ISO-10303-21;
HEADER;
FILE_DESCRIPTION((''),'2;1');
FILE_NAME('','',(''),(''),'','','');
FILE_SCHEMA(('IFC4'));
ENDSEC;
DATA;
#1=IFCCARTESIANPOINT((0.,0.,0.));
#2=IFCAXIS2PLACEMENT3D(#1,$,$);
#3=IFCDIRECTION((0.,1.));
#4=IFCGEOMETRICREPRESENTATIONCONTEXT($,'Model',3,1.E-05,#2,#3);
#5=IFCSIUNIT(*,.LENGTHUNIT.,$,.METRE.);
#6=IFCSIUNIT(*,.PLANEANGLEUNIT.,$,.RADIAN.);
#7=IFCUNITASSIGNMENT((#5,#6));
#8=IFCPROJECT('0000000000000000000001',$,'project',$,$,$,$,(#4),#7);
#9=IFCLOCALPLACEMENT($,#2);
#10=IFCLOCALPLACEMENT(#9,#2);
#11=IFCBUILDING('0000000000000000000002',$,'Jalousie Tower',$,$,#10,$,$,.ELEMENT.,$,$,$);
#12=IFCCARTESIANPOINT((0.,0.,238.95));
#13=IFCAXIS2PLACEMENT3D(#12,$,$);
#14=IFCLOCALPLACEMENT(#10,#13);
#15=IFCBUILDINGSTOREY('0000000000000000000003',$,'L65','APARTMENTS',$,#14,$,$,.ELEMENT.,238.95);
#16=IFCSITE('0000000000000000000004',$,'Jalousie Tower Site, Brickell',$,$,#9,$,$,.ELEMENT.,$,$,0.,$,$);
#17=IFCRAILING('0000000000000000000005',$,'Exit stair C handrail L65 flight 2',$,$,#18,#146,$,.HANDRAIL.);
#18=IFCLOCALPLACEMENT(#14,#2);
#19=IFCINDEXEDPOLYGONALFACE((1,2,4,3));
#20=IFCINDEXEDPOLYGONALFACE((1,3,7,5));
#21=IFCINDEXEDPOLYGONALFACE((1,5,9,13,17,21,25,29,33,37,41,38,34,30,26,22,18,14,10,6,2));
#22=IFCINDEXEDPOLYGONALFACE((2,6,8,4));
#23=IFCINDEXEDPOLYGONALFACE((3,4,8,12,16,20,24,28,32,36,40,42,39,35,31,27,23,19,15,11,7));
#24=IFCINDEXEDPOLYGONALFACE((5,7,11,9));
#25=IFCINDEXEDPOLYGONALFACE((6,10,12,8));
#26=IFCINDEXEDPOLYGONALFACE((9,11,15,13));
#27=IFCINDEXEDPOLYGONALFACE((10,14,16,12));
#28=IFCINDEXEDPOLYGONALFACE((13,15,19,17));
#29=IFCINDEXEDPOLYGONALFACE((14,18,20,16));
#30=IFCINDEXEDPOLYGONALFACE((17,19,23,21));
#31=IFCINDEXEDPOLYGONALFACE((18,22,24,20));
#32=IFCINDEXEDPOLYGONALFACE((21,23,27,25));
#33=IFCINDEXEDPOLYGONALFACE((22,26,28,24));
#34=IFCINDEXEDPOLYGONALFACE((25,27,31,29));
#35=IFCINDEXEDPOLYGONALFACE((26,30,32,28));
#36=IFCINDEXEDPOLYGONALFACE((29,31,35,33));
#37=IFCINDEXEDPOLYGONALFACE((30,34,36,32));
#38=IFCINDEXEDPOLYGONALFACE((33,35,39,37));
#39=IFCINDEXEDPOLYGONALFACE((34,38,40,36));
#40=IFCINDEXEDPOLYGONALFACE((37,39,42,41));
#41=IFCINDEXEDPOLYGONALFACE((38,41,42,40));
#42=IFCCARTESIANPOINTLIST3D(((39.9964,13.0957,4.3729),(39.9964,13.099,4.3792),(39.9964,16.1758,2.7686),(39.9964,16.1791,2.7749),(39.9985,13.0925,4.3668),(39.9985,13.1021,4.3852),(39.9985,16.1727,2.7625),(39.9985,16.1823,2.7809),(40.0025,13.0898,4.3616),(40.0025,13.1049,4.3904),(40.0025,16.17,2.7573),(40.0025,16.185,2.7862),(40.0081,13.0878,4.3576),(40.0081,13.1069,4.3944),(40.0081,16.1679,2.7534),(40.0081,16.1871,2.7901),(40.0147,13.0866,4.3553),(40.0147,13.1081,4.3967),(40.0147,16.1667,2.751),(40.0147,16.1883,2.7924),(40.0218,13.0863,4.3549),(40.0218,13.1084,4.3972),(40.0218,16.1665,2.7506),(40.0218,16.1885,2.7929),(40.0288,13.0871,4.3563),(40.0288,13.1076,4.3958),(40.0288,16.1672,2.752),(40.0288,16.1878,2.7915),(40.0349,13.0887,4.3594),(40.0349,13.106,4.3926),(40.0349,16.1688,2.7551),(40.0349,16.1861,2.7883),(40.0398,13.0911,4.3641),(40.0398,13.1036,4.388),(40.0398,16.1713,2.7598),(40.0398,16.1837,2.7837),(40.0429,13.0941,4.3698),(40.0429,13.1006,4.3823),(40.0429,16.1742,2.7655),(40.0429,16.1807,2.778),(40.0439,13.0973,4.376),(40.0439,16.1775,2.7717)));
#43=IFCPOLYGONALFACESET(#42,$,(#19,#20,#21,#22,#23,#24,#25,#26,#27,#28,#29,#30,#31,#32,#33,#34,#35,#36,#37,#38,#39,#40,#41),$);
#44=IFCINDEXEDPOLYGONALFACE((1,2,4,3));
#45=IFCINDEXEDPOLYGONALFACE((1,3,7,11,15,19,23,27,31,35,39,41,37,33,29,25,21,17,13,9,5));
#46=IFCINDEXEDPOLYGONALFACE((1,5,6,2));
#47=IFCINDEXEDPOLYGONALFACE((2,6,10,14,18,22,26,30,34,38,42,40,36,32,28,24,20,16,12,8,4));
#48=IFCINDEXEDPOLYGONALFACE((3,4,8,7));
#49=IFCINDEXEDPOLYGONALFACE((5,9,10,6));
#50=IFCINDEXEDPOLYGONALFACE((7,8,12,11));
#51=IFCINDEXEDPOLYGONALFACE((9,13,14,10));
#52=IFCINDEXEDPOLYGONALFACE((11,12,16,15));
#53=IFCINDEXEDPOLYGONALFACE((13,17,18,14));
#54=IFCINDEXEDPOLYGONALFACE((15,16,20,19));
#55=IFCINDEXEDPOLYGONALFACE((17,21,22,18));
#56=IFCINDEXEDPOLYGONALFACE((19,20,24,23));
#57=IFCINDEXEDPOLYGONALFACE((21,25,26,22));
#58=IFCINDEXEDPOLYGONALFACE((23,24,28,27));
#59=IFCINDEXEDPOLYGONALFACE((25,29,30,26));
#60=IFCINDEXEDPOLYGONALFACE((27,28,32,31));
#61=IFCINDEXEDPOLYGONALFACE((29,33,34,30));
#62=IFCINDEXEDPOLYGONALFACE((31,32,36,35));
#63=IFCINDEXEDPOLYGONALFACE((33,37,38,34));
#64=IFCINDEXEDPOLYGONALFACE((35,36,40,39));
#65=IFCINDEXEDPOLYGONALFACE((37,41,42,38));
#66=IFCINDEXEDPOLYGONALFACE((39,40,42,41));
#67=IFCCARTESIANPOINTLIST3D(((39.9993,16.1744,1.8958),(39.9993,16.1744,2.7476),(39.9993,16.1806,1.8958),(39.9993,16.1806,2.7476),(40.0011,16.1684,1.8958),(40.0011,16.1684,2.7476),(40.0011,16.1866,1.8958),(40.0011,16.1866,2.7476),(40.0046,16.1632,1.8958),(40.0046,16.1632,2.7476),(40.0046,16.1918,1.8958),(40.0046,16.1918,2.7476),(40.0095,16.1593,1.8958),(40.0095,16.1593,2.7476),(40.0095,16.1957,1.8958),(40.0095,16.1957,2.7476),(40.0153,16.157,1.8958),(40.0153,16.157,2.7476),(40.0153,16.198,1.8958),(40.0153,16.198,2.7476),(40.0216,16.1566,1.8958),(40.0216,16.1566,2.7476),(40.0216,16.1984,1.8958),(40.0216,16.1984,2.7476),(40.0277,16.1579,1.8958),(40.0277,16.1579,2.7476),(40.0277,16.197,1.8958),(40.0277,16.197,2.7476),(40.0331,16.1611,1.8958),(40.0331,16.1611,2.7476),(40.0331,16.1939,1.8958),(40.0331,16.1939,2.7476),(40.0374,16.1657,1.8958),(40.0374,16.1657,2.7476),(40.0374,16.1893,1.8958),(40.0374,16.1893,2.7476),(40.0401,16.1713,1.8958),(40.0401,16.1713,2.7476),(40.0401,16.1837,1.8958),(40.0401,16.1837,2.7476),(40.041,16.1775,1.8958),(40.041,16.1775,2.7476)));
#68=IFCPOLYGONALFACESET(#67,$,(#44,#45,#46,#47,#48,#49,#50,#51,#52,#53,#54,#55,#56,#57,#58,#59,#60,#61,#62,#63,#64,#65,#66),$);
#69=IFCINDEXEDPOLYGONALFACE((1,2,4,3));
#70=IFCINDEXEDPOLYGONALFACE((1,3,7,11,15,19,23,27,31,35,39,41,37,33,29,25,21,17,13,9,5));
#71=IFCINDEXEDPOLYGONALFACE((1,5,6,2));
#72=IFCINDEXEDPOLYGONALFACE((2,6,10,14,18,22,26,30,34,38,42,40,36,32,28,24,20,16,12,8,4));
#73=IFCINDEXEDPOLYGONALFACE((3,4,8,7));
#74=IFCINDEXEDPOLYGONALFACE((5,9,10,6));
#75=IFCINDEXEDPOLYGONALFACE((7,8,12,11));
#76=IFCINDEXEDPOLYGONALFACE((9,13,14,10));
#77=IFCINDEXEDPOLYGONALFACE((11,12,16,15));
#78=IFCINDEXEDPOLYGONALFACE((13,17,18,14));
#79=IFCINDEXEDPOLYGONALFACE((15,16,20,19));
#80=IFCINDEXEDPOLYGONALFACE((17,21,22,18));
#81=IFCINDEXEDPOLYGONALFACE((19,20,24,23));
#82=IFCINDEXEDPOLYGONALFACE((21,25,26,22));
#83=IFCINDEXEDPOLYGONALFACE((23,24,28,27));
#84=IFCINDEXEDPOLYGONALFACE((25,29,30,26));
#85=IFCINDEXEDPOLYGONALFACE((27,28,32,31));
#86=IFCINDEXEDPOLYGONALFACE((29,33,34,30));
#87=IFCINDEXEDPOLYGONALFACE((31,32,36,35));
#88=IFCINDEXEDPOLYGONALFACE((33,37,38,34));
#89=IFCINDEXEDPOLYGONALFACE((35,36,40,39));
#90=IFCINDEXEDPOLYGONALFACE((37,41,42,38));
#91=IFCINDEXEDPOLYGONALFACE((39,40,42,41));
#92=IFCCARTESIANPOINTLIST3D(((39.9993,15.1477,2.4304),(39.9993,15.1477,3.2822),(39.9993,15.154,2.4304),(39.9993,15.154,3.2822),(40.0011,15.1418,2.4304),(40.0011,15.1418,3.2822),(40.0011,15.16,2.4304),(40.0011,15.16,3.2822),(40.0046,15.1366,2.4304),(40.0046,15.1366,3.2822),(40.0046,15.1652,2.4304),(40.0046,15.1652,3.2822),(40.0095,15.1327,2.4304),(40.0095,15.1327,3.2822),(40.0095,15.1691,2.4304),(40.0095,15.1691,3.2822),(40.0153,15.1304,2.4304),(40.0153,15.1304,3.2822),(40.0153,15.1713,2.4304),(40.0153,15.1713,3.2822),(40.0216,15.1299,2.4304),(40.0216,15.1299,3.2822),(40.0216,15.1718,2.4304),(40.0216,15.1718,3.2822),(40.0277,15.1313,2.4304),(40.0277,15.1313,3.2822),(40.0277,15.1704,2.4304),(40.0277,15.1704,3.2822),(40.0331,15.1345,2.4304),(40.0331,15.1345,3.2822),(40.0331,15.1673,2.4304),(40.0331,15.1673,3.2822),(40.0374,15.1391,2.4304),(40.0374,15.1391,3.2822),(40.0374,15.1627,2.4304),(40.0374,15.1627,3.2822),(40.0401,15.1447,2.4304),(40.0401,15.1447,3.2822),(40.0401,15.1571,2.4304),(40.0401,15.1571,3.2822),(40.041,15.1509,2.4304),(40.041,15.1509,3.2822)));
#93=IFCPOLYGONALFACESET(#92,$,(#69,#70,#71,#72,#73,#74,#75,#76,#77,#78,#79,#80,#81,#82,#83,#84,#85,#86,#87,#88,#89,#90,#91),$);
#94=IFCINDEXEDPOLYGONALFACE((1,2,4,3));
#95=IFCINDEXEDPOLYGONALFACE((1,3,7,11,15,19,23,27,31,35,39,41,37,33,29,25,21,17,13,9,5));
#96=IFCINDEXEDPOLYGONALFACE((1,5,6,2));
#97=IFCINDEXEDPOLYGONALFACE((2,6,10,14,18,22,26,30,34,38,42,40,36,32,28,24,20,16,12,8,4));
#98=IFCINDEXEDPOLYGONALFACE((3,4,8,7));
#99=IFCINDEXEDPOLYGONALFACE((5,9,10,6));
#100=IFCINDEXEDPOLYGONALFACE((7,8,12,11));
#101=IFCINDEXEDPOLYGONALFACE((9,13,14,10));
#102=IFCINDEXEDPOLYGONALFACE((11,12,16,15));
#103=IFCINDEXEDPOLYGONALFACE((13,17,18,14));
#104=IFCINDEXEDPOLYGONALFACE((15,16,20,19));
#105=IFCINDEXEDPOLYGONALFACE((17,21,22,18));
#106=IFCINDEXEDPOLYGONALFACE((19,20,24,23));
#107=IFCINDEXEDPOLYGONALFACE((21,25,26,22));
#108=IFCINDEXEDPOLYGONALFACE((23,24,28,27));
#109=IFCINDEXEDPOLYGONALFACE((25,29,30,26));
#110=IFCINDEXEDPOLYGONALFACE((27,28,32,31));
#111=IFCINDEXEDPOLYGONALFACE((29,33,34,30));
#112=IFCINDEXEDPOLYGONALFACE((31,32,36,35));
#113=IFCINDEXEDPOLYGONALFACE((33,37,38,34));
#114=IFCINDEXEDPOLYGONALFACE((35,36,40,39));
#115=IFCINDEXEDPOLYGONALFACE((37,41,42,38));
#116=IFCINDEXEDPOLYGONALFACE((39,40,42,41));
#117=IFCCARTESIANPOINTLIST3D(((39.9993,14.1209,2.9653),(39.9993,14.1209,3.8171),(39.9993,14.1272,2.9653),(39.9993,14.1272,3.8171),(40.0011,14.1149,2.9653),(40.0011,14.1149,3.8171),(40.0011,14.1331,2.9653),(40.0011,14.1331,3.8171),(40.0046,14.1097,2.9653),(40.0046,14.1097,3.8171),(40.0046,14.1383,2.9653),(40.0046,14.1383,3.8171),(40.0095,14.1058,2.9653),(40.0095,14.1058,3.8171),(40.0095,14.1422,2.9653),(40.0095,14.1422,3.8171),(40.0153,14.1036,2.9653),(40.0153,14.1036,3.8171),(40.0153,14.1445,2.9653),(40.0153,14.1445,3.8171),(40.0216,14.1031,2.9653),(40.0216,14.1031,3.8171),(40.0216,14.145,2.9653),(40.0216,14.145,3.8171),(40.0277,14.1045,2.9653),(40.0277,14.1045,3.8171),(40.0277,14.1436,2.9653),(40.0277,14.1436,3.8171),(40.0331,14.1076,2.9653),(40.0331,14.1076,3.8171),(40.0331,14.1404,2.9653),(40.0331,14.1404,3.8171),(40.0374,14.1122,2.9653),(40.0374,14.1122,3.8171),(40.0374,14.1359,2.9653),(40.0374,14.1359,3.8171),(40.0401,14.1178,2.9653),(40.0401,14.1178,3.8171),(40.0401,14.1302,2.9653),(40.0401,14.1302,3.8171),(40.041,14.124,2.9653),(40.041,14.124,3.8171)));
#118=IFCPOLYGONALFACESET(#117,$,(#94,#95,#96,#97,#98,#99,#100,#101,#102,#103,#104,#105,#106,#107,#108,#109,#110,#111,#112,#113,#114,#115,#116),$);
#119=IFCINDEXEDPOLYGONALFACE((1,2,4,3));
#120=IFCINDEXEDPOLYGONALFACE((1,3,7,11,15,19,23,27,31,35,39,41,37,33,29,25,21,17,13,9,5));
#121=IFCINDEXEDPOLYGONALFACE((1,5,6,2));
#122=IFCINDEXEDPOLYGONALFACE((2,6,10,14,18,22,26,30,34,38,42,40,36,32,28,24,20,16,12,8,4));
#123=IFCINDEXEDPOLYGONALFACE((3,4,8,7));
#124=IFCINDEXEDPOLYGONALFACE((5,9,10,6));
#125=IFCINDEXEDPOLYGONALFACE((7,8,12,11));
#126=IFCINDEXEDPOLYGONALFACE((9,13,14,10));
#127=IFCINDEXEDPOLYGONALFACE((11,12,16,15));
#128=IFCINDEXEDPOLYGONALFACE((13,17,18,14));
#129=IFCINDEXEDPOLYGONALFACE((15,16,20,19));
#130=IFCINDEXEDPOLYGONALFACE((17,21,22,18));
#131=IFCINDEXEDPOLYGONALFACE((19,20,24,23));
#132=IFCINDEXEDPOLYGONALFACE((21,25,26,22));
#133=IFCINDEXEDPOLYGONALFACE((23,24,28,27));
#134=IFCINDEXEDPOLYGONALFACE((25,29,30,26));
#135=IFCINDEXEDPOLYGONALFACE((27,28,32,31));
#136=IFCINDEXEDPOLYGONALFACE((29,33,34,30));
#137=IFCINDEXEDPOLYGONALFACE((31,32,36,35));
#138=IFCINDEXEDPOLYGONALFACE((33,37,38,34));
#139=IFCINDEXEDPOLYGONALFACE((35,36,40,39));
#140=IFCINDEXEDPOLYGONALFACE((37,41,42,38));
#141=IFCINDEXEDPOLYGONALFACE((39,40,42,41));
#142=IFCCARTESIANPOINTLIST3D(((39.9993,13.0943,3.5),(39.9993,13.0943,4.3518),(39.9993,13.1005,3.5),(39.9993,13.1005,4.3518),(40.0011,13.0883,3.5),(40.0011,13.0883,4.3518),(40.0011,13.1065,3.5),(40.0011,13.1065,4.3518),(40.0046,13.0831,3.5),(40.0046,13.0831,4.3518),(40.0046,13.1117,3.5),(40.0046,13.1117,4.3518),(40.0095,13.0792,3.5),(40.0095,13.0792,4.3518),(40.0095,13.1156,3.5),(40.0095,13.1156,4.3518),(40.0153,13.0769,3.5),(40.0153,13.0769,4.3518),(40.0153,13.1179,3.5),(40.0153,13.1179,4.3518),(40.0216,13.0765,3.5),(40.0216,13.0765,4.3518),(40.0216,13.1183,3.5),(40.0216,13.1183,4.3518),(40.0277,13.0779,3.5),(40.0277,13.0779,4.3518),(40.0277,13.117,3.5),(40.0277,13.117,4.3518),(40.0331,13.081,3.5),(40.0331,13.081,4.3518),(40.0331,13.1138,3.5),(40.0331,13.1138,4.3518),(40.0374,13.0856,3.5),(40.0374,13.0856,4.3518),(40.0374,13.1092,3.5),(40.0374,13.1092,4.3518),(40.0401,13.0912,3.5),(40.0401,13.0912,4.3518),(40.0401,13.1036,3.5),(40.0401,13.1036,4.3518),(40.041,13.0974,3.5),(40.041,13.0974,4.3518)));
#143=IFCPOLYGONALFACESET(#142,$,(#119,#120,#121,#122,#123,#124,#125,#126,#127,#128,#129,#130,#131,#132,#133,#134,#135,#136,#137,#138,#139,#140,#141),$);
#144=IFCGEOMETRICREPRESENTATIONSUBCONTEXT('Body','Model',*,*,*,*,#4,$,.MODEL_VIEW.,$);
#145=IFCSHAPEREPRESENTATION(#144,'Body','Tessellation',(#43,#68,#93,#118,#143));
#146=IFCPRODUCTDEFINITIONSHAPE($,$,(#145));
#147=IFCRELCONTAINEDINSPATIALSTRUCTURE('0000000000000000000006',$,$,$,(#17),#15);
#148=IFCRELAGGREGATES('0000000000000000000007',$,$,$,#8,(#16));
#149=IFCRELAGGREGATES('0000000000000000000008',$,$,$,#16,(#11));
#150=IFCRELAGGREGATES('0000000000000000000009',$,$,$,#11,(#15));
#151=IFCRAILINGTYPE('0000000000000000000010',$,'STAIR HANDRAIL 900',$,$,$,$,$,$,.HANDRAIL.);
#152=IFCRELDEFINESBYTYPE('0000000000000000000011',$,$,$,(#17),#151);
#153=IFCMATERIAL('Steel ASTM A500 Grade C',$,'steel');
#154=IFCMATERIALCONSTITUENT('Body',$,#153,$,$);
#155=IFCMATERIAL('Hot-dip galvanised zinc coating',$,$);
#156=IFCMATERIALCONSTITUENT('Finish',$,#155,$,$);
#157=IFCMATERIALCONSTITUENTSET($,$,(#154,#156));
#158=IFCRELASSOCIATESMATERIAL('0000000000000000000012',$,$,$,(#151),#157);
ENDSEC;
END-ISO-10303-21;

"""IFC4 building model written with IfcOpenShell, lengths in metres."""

from ifc_helpers import new_model, si_unit, direction, frame, origin, origin_2d, place, context, subcontext, project, spatial, circle, extrude, material, constituent, constituent_set, type_object, element, save


model = new_model("IFC4")

# Units and contexts
model_context = context("Model", 3, precision=1e-05, world=origin(), true_north=direction((0.0, 1.0)))
body_context = subcontext(model_context, "Body", "Model", "MODEL_VIEW")
ifc_project = project(units=[si_unit("LENGTHUNIT", "METRE"), si_unit("PLANEANGLEUNIT", "RADIAN")], contexts=[model_context])

# Site, building, storey
site_placement = place(None, origin())
site = spatial("IfcSite", under=ifc_project, at=site_placement, Name="Jalousie Tower Site, Brickell", CompositionType="ELEMENT", RefElevation=0.0)
building_placement = place(site_placement, origin())
building = spatial("IfcBuilding", under=site, at=building_placement, Name="Jalousie Tower", CompositionType="ELEMENT")
storey_placement = place(building_placement, frame((0.0, 0.0, 238.95)))
storey = spatial("IfcBuildingStorey", under=building, at=storey_placement, Name="L65", Description="APARTMENTS", CompositionType="ELEMENT", Elevation=238.95)

# Railing
ifc_material_1 = material(Name="Steel ASTM A500 Grade C", Category="steel")
ifc_constituent_1 = constituent(ifc_material_1, Name="Body")
ifc_material_2 = material(Name="Hot-dip galvanised zinc coating")
ifc_constituent_2 = constituent(ifc_material_2, Name="Finish")
ifc_constituent_set_1 = constituent_set(constituents=[ifc_constituent_1, ifc_constituent_2])
railing_type_1 = type_object("IfcRailingType", Name="STAIR HANDRAIL 900", PredefinedType="HANDRAIL", material=ifc_constituent_set_1)
railing_1_placement = place(storey_placement, frame((40.02, 16.1775, 1.8958)))
element("IfcRailing", 1, at=railing_1_placement, inside=storey, type_object=railing_type_1, Name="Exit stair C handrail L65 flight 2", PredefinedType="HANDRAIL", context=body_context, shape_type="SweptSolid", body=[
    extrude(circle(Radius=0.0239, at=origin_2d()), frame((0.0, 0.0, 0.876), z_axis=(0.0, -0.886909, 0.461944), x_axis=(1.0, 0.0, 0.0)), (0.0, 0.0, 1.0), 3.4729),
    extrude(circle(Radius=0.021, at=origin_2d()), origin(), (0.0, 0.0, 1.0), 0.8518),
    extrude(circle(Radius=0.021, at=origin_2d()), frame((0.0, -1.0266, 0.5347)), (0.0, 0.0, 1.0), 0.8518),
    extrude(circle(Radius=0.021, at=origin_2d()), frame((0.0, -2.0535, 1.0696)), (0.0, 0.0, 1.0), 0.8518),
    extrude(circle(Radius=0.021, at=origin_2d()), frame((0.0, -3.0801, 1.6042)), (0.0, 0.0, 1.0), 0.8518),
])

save(model, "model.ifc")
